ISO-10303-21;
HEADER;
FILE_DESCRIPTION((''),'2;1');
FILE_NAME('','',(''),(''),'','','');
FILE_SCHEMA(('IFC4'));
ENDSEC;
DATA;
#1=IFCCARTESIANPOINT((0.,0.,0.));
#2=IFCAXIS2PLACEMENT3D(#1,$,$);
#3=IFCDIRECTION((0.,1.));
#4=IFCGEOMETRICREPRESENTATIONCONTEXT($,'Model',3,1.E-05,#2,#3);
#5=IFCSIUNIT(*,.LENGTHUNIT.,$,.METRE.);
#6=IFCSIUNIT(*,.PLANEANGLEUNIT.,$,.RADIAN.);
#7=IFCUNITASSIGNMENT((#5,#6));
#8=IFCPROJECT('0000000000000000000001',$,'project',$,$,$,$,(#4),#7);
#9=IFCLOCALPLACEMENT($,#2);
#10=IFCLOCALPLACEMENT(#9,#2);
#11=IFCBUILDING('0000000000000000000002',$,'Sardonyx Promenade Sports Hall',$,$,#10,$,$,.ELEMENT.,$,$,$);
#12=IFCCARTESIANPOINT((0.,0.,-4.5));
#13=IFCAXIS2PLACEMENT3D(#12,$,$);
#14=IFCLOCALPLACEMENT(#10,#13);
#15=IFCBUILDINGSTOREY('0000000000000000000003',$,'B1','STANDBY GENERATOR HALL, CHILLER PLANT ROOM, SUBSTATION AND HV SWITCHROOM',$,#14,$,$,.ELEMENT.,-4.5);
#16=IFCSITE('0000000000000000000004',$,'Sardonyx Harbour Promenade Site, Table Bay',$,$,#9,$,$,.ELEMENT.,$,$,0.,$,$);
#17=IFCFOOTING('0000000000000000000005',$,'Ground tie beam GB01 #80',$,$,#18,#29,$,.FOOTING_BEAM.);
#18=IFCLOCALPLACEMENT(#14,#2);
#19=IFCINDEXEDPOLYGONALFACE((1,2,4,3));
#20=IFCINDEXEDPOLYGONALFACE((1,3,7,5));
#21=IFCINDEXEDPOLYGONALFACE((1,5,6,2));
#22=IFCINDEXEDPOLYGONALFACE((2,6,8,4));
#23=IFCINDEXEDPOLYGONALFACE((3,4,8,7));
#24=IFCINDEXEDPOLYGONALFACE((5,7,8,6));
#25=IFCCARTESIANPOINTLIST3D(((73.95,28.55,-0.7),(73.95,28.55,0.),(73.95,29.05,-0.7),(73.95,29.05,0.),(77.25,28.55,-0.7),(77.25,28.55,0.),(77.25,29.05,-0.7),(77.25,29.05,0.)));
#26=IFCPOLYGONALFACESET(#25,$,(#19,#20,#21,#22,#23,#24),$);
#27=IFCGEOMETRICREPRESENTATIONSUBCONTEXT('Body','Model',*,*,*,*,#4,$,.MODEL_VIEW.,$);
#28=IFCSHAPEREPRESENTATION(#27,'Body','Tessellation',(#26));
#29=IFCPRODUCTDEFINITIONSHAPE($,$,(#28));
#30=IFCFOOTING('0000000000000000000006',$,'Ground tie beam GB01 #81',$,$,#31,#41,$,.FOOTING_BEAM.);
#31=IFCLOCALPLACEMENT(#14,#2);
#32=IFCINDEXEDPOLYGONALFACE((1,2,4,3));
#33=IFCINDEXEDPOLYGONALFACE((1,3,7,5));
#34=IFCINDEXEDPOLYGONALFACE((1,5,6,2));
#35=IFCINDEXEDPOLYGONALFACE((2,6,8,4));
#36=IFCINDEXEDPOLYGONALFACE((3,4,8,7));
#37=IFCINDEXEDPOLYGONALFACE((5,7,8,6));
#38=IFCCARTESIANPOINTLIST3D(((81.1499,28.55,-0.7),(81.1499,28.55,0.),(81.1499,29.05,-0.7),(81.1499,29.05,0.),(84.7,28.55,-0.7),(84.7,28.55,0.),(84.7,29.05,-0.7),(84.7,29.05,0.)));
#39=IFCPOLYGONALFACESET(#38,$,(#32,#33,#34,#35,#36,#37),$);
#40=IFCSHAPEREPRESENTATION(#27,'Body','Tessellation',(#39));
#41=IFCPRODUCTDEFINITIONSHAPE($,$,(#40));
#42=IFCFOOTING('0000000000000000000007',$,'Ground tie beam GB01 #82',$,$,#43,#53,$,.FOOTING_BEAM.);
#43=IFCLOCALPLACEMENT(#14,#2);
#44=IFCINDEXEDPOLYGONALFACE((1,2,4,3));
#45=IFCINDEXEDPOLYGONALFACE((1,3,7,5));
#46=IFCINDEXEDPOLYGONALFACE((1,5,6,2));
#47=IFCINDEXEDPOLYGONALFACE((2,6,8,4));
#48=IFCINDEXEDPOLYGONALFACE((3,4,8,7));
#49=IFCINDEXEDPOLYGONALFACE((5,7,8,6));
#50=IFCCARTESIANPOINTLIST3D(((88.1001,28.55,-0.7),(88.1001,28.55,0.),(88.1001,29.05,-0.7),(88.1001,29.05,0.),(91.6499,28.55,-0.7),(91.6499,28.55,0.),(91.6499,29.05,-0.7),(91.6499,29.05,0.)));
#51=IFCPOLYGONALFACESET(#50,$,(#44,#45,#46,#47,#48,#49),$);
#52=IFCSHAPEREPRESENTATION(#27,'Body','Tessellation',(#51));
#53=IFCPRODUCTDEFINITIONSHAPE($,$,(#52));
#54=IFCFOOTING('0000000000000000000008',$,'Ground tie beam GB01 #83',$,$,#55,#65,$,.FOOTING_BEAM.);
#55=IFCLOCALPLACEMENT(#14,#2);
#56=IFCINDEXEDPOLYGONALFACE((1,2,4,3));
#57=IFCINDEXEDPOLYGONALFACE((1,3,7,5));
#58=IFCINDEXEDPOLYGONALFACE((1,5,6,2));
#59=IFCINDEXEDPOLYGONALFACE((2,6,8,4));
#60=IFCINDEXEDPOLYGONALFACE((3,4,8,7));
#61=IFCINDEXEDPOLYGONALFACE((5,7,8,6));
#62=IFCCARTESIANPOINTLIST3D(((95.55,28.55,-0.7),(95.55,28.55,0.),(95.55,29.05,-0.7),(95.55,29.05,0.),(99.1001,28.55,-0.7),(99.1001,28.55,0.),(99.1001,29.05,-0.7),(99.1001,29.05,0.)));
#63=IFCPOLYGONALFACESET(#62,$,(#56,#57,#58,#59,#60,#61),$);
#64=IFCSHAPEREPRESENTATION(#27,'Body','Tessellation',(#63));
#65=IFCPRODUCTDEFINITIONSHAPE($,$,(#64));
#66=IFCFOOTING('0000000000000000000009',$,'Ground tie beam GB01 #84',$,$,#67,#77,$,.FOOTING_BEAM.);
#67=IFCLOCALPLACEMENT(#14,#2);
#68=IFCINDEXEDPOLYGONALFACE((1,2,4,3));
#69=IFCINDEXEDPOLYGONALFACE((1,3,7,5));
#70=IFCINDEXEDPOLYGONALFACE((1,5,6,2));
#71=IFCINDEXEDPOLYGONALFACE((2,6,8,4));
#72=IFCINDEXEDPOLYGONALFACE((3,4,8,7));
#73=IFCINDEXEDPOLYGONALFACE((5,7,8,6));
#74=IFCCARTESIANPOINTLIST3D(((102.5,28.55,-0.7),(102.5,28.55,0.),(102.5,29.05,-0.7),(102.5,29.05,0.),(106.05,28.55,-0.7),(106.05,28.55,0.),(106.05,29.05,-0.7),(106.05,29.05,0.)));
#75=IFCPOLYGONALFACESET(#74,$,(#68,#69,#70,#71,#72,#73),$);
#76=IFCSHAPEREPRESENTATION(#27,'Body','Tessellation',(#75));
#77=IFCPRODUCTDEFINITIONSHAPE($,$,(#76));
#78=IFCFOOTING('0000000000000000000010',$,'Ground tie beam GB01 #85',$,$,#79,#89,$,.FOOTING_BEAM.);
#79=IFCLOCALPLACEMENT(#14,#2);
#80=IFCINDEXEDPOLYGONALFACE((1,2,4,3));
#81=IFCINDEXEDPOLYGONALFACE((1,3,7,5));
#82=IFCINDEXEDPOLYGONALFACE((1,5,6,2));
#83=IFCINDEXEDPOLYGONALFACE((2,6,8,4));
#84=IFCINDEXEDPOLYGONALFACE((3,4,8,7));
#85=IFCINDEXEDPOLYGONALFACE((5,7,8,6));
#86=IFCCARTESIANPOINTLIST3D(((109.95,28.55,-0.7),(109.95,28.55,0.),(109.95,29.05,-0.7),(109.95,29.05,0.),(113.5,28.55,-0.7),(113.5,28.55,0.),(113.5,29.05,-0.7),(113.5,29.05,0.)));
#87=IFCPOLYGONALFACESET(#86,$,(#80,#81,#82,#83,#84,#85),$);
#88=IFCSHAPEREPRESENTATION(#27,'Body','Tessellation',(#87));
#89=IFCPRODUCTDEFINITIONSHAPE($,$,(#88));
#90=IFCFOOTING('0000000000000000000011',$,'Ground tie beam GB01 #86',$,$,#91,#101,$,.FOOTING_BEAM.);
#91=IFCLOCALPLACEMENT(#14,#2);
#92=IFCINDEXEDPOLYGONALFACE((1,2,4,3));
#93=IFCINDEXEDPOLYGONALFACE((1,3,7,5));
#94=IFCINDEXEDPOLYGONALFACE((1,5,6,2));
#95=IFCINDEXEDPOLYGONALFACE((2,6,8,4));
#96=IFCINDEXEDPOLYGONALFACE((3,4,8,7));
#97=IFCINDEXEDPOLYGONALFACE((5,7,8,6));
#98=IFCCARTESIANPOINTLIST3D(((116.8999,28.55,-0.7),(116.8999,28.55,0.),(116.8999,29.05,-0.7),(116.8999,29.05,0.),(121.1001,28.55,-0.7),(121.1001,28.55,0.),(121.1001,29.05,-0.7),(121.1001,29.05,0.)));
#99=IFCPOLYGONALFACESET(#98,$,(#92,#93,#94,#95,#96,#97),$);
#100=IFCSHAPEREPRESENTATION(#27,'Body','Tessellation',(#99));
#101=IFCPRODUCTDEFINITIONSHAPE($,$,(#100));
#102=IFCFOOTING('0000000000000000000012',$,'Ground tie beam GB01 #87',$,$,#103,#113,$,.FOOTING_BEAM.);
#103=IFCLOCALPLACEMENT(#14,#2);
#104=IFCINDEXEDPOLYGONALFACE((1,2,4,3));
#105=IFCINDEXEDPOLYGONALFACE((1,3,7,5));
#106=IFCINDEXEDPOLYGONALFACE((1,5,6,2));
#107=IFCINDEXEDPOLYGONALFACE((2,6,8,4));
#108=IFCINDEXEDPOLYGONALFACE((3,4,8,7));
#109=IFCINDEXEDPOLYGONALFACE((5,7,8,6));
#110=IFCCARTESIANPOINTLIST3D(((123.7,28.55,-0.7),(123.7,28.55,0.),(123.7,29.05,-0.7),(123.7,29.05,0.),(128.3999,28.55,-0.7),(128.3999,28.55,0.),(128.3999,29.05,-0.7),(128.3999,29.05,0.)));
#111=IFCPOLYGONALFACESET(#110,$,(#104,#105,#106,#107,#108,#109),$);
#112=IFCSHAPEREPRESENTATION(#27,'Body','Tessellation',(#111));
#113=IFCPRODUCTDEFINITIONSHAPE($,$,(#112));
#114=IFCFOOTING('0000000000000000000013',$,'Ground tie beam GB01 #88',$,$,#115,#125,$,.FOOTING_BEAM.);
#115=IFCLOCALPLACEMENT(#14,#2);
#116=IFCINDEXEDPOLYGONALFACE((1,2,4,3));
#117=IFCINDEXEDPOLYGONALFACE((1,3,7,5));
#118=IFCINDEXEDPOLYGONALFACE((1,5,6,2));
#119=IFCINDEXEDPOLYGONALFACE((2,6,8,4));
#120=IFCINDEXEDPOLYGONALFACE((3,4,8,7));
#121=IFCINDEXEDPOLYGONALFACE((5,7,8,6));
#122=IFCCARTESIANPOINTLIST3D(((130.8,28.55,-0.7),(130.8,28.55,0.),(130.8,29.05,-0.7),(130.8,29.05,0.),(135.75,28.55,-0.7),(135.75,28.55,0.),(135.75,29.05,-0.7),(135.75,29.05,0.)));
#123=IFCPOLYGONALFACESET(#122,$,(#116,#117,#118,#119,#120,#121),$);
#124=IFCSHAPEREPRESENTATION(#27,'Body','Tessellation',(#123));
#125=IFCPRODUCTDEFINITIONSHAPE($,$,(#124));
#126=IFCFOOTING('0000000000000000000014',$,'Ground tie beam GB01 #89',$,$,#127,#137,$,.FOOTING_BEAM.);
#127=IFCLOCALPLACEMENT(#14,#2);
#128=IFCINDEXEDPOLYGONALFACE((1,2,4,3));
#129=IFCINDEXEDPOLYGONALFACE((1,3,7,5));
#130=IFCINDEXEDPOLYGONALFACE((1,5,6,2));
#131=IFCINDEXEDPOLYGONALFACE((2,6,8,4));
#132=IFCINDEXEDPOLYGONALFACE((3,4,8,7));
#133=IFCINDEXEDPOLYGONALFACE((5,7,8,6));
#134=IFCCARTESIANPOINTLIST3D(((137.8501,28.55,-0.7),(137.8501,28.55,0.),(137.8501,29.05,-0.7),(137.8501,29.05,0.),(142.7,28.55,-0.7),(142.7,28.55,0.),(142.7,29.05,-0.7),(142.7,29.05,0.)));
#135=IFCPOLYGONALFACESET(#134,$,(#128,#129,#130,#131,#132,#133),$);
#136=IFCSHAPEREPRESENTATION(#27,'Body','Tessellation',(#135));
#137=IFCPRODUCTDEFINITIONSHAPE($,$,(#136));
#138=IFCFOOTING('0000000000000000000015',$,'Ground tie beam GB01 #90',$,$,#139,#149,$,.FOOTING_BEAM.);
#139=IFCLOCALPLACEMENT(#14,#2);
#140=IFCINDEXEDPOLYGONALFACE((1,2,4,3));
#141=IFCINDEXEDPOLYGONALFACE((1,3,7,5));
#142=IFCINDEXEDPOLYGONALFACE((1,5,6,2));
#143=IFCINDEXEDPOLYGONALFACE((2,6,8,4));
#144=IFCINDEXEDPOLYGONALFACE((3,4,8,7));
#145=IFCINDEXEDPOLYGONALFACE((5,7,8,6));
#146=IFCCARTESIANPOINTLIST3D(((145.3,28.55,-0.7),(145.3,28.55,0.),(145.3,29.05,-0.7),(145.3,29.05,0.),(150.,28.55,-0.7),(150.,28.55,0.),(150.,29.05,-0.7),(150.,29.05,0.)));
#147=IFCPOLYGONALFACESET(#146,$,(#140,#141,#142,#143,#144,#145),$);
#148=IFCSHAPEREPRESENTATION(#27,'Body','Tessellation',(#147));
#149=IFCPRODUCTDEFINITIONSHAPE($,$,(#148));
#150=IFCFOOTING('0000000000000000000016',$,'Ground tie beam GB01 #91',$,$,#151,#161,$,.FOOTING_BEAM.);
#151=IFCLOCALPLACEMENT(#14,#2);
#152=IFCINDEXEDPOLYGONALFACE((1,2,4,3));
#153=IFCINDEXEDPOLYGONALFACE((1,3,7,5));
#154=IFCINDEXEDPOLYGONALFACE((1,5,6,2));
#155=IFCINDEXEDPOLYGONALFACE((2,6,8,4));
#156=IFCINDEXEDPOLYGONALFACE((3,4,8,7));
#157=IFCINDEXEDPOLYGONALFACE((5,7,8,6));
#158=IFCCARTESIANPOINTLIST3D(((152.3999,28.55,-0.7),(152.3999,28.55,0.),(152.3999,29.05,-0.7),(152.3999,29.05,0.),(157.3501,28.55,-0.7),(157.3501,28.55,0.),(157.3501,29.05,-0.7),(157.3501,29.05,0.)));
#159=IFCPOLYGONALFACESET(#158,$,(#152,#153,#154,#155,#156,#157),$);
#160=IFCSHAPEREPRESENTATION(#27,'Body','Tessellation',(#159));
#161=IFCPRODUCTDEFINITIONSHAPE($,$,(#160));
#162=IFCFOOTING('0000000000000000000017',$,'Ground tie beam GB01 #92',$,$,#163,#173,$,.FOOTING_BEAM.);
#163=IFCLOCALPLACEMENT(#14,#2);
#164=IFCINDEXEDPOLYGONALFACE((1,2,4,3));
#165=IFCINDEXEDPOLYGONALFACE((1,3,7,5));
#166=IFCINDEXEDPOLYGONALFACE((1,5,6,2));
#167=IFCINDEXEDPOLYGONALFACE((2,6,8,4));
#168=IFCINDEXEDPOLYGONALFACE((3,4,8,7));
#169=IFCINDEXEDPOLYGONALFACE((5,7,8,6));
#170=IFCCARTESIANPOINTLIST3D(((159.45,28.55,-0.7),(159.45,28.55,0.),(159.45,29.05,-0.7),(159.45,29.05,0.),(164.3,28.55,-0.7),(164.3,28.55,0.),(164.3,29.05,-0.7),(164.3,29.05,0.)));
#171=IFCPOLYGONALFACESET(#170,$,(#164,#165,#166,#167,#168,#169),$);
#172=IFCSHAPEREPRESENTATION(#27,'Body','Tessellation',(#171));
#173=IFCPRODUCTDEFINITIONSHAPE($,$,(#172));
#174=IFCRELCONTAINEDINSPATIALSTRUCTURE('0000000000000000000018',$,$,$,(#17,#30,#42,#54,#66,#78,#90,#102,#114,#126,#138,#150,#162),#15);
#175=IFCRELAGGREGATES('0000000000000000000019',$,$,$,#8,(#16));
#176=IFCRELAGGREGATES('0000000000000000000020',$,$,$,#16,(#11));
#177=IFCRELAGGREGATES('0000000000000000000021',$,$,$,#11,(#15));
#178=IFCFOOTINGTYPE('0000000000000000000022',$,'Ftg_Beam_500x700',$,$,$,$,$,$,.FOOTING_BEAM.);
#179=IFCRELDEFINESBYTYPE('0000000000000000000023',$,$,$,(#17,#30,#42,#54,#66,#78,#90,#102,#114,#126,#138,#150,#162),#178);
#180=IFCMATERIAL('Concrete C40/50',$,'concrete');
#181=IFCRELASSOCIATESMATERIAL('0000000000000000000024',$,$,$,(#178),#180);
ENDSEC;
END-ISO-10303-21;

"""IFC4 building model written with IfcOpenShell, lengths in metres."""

from ifc_helpers import new_model, si_unit, direction, frame, origin, place, context, subcontext, project, spatial, polyline, outline, extrude, material, type_object, element, save


model = new_model("IFC4")

# Units and contexts
model_context = context("Model", 3, precision=1e-05, world=origin(), true_north=direction((0.0, 1.0)))
body_context = subcontext(model_context, "Body", "Model", "MODEL_VIEW")
ifc_project = project(units=[si_unit("LENGTHUNIT", "METRE"), si_unit("PLANEANGLEUNIT", "RADIAN")], contexts=[model_context])

# Site, building, storey
site_placement = place(None, origin())
site = spatial("IfcSite", under=ifc_project, at=site_placement, Name="Sardonyx Harbour Promenade Site, Table Bay", CompositionType="ELEMENT", RefElevation=0.0)
building_placement = place(site_placement, origin())
building = spatial("IfcBuilding", under=site, at=building_placement, Name="Sardonyx Promenade Sports Hall", CompositionType="ELEMENT")
storey_placement = place(building_placement, frame((0.0, 0.0, -4.5)))
storey = spatial("IfcBuildingStorey", under=building, at=storey_placement, Name="B1", Description="STANDBY GENERATOR HALL, CHILLER PLANT ROOM, SUBSTATION AND HV SWITCHROOM", CompositionType="ELEMENT", Elevation=-4.5)

# Footings
ifc_material = material(Name="Concrete C40/50", Category="concrete")
footing_type = type_object("IfcFootingType", Name="Ftg_Beam_500x700", PredefinedType="FOOTING_BEAM", material=ifc_material)
footing_1_placement = place(storey_placement, frame((0.0, 0.0, -0.7)))
element("IfcFooting", 1, at=footing_1_placement, inside=storey, type_object=footing_type, Name="Ground tie beam GB01 #80", PredefinedType="FOOTING_BEAM", context=body_context, shape_type="SweptSolid", body=[
    extrude(outline(polyline([(73.95, 28.55), (77.25, 28.55), (77.25, 29.05), (73.95, 29.05), (73.95, 28.55)])), origin(), (0.0, 0.0, 1.0), 0.7),
])
footing_2_placement = place(storey_placement, frame((0.0, 0.0, -0.7)))
element("IfcFooting", 2, at=footing_2_placement, inside=storey, type_object=footing_type, Name="Ground tie beam GB01 #81", PredefinedType="FOOTING_BEAM", context=body_context, shape_type="SweptSolid", body=[
    extrude(outline(polyline([(81.1499, 28.55), (84.7, 28.55), (84.7, 29.05), (81.1499, 29.05), (81.1499, 28.55)])), origin(), (0.0, 0.0, 1.0), 0.7),
])
footing_3_placement = place(storey_placement, frame((0.0, 0.0, -0.7)))
element("IfcFooting", 3, at=footing_3_placement, inside=storey, type_object=footing_type, Name="Ground tie beam GB01 #82", PredefinedType="FOOTING_BEAM", context=body_context, shape_type="SweptSolid", body=[
    extrude(outline(polyline([(88.1001, 28.55), (91.6499, 28.55), (91.6499, 29.05), (88.1001, 29.05), (88.1001, 28.55)])), origin(), (0.0, 0.0, 1.0), 0.7),
])
footing_4_placement = place(storey_placement, frame((0.0, 0.0, -0.7)))
element("IfcFooting", 4, at=footing_4_placement, inside=storey, type_object=footing_type, Name="Ground tie beam GB01 #83", PredefinedType="FOOTING_BEAM", context=body_context, shape_type="SweptSolid", body=[
    extrude(outline(polyline([(95.55, 28.55), (99.1001, 28.55), (99.1001, 29.05), (95.55, 29.05), (95.55, 28.55)])), origin(), (0.0, 0.0, 1.0), 0.7),
])
footing_5_placement = place(storey_placement, frame((0.0, 0.0, -0.7)))
element("IfcFooting", 5, at=footing_5_placement, inside=storey, type_object=footing_type, Name="Ground tie beam GB01 #84", PredefinedType="FOOTING_BEAM", context=body_context, shape_type="SweptSolid", body=[
    extrude(outline(polyline([(102.5, 28.55), (106.05, 28.55), (106.05, 29.05), (102.5, 29.05), (102.5, 28.55)])), origin(), (0.0, 0.0, 1.0), 0.7),
])
footing_6_placement = place(storey_placement, frame((0.0, 0.0, -0.7)))
element("IfcFooting", 6, at=footing_6_placement, inside=storey, type_object=footing_type, Name="Ground tie beam GB01 #85", PredefinedType="FOOTING_BEAM", context=body_context, shape_type="SweptSolid", body=[
    extrude(outline(polyline([(109.95, 28.55), (113.5, 28.55), (113.5, 29.05), (109.95, 29.05), (109.95, 28.55)])), origin(), (0.0, 0.0, 1.0), 0.7),
])
footing_7_placement = place(storey_placement, frame((0.0, 0.0, -0.7)))
element("IfcFooting", 7, at=footing_7_placement, inside=storey, type_object=footing_type, Name="Ground tie beam GB01 #86", PredefinedType="FOOTING_BEAM", context=body_context, shape_type="SweptSolid", body=[
    extrude(outline(polyline([(116.8999, 28.55), (121.1001, 28.55), (121.1001, 29.05), (116.8999, 29.05), (116.8999, 28.55)])), origin(), (0.0, 0.0, 1.0), 0.7),
])
footing_8_placement = place(storey_placement, frame((0.0, 0.0, -0.7)))
element("IfcFooting", 8, at=footing_8_placement, inside=storey, type_object=footing_type, Name="Ground tie beam GB01 #87", PredefinedType="FOOTING_BEAM", context=body_context, shape_type="SweptSolid", body=[
    extrude(outline(polyline([(123.7, 28.55), (128.3999, 28.55), (128.3999, 29.05), (123.7, 29.05), (123.7, 28.55)])), origin(), (0.0, 0.0, 1.0), 0.7),
])
footing_9_placement = place(storey_placement, frame((0.0, 0.0, -0.7)))
element("IfcFooting", 9, at=footing_9_placement, inside=storey, type_object=footing_type, Name="Ground tie beam GB01 #88", PredefinedType="FOOTING_BEAM", context=body_context, shape_type="SweptSolid", body=[
    extrude(outline(polyline([(130.8, 28.55), (135.75, 28.55), (135.75, 29.05), (130.8, 29.05), (130.8, 28.55)])), origin(), (0.0, 0.0, 1.0), 0.7),
])
footing_10_placement = place(storey_placement, frame((0.0, 0.0, -0.7)))
element("IfcFooting", 10, at=footing_10_placement, inside=storey, type_object=footing_type, Name="Ground tie beam GB01 #89", PredefinedType="FOOTING_BEAM", context=body_context, shape_type="SweptSolid", body=[
    extrude(outline(polyline([(137.8501, 28.55), (142.7, 28.55), (142.7, 29.05), (137.8501, 29.05), (137.8501, 28.55)])), origin(), (0.0, 0.0, 1.0), 0.7),
])
footing_11_placement = place(storey_placement, frame((0.0, 0.0, -0.7)))
element("IfcFooting", 11, at=footing_11_placement, inside=storey, type_object=footing_type, Name="Ground tie beam GB01 #90", PredefinedType="FOOTING_BEAM", context=body_context, shape_type="SweptSolid", body=[
    extrude(outline(polyline([(145.3, 28.55), (150.0, 28.55), (150.0, 29.05), (145.3, 29.05), (145.3, 28.55)])), origin(), (0.0, 0.0, 1.0), 0.7),
])
footing_12_placement = place(storey_placement, frame((0.0, 0.0, -0.7)))
element("IfcFooting", 12, at=footing_12_placement, inside=storey, type_object=footing_type, Name="Ground tie beam GB01 #91", PredefinedType="FOOTING_BEAM", context=body_context, shape_type="SweptSolid", body=[
    extrude(outline(polyline([(152.3999, 28.55), (157.3501, 28.55), (157.3501, 29.05), (152.3999, 29.05), (152.3999, 28.55)])), origin(), (0.0, 0.0, 1.0), 0.7),
])
footing_13_placement = place(storey_placement, frame((0.0, 0.0, -0.7)))
element("IfcFooting", 13, at=footing_13_placement, inside=storey, type_object=footing_type, Name="Ground tie beam GB01 #92", PredefinedType="FOOTING_BEAM", context=body_context, shape_type="SweptSolid", body=[
    extrude(outline(polyline([(159.45, 28.55), (164.3, 28.55), (164.3, 29.05), (159.45, 29.05), (159.45, 28.55)])), origin(), (0.0, 0.0, 1.0), 0.7),
])

save(model, "model.ifc")
